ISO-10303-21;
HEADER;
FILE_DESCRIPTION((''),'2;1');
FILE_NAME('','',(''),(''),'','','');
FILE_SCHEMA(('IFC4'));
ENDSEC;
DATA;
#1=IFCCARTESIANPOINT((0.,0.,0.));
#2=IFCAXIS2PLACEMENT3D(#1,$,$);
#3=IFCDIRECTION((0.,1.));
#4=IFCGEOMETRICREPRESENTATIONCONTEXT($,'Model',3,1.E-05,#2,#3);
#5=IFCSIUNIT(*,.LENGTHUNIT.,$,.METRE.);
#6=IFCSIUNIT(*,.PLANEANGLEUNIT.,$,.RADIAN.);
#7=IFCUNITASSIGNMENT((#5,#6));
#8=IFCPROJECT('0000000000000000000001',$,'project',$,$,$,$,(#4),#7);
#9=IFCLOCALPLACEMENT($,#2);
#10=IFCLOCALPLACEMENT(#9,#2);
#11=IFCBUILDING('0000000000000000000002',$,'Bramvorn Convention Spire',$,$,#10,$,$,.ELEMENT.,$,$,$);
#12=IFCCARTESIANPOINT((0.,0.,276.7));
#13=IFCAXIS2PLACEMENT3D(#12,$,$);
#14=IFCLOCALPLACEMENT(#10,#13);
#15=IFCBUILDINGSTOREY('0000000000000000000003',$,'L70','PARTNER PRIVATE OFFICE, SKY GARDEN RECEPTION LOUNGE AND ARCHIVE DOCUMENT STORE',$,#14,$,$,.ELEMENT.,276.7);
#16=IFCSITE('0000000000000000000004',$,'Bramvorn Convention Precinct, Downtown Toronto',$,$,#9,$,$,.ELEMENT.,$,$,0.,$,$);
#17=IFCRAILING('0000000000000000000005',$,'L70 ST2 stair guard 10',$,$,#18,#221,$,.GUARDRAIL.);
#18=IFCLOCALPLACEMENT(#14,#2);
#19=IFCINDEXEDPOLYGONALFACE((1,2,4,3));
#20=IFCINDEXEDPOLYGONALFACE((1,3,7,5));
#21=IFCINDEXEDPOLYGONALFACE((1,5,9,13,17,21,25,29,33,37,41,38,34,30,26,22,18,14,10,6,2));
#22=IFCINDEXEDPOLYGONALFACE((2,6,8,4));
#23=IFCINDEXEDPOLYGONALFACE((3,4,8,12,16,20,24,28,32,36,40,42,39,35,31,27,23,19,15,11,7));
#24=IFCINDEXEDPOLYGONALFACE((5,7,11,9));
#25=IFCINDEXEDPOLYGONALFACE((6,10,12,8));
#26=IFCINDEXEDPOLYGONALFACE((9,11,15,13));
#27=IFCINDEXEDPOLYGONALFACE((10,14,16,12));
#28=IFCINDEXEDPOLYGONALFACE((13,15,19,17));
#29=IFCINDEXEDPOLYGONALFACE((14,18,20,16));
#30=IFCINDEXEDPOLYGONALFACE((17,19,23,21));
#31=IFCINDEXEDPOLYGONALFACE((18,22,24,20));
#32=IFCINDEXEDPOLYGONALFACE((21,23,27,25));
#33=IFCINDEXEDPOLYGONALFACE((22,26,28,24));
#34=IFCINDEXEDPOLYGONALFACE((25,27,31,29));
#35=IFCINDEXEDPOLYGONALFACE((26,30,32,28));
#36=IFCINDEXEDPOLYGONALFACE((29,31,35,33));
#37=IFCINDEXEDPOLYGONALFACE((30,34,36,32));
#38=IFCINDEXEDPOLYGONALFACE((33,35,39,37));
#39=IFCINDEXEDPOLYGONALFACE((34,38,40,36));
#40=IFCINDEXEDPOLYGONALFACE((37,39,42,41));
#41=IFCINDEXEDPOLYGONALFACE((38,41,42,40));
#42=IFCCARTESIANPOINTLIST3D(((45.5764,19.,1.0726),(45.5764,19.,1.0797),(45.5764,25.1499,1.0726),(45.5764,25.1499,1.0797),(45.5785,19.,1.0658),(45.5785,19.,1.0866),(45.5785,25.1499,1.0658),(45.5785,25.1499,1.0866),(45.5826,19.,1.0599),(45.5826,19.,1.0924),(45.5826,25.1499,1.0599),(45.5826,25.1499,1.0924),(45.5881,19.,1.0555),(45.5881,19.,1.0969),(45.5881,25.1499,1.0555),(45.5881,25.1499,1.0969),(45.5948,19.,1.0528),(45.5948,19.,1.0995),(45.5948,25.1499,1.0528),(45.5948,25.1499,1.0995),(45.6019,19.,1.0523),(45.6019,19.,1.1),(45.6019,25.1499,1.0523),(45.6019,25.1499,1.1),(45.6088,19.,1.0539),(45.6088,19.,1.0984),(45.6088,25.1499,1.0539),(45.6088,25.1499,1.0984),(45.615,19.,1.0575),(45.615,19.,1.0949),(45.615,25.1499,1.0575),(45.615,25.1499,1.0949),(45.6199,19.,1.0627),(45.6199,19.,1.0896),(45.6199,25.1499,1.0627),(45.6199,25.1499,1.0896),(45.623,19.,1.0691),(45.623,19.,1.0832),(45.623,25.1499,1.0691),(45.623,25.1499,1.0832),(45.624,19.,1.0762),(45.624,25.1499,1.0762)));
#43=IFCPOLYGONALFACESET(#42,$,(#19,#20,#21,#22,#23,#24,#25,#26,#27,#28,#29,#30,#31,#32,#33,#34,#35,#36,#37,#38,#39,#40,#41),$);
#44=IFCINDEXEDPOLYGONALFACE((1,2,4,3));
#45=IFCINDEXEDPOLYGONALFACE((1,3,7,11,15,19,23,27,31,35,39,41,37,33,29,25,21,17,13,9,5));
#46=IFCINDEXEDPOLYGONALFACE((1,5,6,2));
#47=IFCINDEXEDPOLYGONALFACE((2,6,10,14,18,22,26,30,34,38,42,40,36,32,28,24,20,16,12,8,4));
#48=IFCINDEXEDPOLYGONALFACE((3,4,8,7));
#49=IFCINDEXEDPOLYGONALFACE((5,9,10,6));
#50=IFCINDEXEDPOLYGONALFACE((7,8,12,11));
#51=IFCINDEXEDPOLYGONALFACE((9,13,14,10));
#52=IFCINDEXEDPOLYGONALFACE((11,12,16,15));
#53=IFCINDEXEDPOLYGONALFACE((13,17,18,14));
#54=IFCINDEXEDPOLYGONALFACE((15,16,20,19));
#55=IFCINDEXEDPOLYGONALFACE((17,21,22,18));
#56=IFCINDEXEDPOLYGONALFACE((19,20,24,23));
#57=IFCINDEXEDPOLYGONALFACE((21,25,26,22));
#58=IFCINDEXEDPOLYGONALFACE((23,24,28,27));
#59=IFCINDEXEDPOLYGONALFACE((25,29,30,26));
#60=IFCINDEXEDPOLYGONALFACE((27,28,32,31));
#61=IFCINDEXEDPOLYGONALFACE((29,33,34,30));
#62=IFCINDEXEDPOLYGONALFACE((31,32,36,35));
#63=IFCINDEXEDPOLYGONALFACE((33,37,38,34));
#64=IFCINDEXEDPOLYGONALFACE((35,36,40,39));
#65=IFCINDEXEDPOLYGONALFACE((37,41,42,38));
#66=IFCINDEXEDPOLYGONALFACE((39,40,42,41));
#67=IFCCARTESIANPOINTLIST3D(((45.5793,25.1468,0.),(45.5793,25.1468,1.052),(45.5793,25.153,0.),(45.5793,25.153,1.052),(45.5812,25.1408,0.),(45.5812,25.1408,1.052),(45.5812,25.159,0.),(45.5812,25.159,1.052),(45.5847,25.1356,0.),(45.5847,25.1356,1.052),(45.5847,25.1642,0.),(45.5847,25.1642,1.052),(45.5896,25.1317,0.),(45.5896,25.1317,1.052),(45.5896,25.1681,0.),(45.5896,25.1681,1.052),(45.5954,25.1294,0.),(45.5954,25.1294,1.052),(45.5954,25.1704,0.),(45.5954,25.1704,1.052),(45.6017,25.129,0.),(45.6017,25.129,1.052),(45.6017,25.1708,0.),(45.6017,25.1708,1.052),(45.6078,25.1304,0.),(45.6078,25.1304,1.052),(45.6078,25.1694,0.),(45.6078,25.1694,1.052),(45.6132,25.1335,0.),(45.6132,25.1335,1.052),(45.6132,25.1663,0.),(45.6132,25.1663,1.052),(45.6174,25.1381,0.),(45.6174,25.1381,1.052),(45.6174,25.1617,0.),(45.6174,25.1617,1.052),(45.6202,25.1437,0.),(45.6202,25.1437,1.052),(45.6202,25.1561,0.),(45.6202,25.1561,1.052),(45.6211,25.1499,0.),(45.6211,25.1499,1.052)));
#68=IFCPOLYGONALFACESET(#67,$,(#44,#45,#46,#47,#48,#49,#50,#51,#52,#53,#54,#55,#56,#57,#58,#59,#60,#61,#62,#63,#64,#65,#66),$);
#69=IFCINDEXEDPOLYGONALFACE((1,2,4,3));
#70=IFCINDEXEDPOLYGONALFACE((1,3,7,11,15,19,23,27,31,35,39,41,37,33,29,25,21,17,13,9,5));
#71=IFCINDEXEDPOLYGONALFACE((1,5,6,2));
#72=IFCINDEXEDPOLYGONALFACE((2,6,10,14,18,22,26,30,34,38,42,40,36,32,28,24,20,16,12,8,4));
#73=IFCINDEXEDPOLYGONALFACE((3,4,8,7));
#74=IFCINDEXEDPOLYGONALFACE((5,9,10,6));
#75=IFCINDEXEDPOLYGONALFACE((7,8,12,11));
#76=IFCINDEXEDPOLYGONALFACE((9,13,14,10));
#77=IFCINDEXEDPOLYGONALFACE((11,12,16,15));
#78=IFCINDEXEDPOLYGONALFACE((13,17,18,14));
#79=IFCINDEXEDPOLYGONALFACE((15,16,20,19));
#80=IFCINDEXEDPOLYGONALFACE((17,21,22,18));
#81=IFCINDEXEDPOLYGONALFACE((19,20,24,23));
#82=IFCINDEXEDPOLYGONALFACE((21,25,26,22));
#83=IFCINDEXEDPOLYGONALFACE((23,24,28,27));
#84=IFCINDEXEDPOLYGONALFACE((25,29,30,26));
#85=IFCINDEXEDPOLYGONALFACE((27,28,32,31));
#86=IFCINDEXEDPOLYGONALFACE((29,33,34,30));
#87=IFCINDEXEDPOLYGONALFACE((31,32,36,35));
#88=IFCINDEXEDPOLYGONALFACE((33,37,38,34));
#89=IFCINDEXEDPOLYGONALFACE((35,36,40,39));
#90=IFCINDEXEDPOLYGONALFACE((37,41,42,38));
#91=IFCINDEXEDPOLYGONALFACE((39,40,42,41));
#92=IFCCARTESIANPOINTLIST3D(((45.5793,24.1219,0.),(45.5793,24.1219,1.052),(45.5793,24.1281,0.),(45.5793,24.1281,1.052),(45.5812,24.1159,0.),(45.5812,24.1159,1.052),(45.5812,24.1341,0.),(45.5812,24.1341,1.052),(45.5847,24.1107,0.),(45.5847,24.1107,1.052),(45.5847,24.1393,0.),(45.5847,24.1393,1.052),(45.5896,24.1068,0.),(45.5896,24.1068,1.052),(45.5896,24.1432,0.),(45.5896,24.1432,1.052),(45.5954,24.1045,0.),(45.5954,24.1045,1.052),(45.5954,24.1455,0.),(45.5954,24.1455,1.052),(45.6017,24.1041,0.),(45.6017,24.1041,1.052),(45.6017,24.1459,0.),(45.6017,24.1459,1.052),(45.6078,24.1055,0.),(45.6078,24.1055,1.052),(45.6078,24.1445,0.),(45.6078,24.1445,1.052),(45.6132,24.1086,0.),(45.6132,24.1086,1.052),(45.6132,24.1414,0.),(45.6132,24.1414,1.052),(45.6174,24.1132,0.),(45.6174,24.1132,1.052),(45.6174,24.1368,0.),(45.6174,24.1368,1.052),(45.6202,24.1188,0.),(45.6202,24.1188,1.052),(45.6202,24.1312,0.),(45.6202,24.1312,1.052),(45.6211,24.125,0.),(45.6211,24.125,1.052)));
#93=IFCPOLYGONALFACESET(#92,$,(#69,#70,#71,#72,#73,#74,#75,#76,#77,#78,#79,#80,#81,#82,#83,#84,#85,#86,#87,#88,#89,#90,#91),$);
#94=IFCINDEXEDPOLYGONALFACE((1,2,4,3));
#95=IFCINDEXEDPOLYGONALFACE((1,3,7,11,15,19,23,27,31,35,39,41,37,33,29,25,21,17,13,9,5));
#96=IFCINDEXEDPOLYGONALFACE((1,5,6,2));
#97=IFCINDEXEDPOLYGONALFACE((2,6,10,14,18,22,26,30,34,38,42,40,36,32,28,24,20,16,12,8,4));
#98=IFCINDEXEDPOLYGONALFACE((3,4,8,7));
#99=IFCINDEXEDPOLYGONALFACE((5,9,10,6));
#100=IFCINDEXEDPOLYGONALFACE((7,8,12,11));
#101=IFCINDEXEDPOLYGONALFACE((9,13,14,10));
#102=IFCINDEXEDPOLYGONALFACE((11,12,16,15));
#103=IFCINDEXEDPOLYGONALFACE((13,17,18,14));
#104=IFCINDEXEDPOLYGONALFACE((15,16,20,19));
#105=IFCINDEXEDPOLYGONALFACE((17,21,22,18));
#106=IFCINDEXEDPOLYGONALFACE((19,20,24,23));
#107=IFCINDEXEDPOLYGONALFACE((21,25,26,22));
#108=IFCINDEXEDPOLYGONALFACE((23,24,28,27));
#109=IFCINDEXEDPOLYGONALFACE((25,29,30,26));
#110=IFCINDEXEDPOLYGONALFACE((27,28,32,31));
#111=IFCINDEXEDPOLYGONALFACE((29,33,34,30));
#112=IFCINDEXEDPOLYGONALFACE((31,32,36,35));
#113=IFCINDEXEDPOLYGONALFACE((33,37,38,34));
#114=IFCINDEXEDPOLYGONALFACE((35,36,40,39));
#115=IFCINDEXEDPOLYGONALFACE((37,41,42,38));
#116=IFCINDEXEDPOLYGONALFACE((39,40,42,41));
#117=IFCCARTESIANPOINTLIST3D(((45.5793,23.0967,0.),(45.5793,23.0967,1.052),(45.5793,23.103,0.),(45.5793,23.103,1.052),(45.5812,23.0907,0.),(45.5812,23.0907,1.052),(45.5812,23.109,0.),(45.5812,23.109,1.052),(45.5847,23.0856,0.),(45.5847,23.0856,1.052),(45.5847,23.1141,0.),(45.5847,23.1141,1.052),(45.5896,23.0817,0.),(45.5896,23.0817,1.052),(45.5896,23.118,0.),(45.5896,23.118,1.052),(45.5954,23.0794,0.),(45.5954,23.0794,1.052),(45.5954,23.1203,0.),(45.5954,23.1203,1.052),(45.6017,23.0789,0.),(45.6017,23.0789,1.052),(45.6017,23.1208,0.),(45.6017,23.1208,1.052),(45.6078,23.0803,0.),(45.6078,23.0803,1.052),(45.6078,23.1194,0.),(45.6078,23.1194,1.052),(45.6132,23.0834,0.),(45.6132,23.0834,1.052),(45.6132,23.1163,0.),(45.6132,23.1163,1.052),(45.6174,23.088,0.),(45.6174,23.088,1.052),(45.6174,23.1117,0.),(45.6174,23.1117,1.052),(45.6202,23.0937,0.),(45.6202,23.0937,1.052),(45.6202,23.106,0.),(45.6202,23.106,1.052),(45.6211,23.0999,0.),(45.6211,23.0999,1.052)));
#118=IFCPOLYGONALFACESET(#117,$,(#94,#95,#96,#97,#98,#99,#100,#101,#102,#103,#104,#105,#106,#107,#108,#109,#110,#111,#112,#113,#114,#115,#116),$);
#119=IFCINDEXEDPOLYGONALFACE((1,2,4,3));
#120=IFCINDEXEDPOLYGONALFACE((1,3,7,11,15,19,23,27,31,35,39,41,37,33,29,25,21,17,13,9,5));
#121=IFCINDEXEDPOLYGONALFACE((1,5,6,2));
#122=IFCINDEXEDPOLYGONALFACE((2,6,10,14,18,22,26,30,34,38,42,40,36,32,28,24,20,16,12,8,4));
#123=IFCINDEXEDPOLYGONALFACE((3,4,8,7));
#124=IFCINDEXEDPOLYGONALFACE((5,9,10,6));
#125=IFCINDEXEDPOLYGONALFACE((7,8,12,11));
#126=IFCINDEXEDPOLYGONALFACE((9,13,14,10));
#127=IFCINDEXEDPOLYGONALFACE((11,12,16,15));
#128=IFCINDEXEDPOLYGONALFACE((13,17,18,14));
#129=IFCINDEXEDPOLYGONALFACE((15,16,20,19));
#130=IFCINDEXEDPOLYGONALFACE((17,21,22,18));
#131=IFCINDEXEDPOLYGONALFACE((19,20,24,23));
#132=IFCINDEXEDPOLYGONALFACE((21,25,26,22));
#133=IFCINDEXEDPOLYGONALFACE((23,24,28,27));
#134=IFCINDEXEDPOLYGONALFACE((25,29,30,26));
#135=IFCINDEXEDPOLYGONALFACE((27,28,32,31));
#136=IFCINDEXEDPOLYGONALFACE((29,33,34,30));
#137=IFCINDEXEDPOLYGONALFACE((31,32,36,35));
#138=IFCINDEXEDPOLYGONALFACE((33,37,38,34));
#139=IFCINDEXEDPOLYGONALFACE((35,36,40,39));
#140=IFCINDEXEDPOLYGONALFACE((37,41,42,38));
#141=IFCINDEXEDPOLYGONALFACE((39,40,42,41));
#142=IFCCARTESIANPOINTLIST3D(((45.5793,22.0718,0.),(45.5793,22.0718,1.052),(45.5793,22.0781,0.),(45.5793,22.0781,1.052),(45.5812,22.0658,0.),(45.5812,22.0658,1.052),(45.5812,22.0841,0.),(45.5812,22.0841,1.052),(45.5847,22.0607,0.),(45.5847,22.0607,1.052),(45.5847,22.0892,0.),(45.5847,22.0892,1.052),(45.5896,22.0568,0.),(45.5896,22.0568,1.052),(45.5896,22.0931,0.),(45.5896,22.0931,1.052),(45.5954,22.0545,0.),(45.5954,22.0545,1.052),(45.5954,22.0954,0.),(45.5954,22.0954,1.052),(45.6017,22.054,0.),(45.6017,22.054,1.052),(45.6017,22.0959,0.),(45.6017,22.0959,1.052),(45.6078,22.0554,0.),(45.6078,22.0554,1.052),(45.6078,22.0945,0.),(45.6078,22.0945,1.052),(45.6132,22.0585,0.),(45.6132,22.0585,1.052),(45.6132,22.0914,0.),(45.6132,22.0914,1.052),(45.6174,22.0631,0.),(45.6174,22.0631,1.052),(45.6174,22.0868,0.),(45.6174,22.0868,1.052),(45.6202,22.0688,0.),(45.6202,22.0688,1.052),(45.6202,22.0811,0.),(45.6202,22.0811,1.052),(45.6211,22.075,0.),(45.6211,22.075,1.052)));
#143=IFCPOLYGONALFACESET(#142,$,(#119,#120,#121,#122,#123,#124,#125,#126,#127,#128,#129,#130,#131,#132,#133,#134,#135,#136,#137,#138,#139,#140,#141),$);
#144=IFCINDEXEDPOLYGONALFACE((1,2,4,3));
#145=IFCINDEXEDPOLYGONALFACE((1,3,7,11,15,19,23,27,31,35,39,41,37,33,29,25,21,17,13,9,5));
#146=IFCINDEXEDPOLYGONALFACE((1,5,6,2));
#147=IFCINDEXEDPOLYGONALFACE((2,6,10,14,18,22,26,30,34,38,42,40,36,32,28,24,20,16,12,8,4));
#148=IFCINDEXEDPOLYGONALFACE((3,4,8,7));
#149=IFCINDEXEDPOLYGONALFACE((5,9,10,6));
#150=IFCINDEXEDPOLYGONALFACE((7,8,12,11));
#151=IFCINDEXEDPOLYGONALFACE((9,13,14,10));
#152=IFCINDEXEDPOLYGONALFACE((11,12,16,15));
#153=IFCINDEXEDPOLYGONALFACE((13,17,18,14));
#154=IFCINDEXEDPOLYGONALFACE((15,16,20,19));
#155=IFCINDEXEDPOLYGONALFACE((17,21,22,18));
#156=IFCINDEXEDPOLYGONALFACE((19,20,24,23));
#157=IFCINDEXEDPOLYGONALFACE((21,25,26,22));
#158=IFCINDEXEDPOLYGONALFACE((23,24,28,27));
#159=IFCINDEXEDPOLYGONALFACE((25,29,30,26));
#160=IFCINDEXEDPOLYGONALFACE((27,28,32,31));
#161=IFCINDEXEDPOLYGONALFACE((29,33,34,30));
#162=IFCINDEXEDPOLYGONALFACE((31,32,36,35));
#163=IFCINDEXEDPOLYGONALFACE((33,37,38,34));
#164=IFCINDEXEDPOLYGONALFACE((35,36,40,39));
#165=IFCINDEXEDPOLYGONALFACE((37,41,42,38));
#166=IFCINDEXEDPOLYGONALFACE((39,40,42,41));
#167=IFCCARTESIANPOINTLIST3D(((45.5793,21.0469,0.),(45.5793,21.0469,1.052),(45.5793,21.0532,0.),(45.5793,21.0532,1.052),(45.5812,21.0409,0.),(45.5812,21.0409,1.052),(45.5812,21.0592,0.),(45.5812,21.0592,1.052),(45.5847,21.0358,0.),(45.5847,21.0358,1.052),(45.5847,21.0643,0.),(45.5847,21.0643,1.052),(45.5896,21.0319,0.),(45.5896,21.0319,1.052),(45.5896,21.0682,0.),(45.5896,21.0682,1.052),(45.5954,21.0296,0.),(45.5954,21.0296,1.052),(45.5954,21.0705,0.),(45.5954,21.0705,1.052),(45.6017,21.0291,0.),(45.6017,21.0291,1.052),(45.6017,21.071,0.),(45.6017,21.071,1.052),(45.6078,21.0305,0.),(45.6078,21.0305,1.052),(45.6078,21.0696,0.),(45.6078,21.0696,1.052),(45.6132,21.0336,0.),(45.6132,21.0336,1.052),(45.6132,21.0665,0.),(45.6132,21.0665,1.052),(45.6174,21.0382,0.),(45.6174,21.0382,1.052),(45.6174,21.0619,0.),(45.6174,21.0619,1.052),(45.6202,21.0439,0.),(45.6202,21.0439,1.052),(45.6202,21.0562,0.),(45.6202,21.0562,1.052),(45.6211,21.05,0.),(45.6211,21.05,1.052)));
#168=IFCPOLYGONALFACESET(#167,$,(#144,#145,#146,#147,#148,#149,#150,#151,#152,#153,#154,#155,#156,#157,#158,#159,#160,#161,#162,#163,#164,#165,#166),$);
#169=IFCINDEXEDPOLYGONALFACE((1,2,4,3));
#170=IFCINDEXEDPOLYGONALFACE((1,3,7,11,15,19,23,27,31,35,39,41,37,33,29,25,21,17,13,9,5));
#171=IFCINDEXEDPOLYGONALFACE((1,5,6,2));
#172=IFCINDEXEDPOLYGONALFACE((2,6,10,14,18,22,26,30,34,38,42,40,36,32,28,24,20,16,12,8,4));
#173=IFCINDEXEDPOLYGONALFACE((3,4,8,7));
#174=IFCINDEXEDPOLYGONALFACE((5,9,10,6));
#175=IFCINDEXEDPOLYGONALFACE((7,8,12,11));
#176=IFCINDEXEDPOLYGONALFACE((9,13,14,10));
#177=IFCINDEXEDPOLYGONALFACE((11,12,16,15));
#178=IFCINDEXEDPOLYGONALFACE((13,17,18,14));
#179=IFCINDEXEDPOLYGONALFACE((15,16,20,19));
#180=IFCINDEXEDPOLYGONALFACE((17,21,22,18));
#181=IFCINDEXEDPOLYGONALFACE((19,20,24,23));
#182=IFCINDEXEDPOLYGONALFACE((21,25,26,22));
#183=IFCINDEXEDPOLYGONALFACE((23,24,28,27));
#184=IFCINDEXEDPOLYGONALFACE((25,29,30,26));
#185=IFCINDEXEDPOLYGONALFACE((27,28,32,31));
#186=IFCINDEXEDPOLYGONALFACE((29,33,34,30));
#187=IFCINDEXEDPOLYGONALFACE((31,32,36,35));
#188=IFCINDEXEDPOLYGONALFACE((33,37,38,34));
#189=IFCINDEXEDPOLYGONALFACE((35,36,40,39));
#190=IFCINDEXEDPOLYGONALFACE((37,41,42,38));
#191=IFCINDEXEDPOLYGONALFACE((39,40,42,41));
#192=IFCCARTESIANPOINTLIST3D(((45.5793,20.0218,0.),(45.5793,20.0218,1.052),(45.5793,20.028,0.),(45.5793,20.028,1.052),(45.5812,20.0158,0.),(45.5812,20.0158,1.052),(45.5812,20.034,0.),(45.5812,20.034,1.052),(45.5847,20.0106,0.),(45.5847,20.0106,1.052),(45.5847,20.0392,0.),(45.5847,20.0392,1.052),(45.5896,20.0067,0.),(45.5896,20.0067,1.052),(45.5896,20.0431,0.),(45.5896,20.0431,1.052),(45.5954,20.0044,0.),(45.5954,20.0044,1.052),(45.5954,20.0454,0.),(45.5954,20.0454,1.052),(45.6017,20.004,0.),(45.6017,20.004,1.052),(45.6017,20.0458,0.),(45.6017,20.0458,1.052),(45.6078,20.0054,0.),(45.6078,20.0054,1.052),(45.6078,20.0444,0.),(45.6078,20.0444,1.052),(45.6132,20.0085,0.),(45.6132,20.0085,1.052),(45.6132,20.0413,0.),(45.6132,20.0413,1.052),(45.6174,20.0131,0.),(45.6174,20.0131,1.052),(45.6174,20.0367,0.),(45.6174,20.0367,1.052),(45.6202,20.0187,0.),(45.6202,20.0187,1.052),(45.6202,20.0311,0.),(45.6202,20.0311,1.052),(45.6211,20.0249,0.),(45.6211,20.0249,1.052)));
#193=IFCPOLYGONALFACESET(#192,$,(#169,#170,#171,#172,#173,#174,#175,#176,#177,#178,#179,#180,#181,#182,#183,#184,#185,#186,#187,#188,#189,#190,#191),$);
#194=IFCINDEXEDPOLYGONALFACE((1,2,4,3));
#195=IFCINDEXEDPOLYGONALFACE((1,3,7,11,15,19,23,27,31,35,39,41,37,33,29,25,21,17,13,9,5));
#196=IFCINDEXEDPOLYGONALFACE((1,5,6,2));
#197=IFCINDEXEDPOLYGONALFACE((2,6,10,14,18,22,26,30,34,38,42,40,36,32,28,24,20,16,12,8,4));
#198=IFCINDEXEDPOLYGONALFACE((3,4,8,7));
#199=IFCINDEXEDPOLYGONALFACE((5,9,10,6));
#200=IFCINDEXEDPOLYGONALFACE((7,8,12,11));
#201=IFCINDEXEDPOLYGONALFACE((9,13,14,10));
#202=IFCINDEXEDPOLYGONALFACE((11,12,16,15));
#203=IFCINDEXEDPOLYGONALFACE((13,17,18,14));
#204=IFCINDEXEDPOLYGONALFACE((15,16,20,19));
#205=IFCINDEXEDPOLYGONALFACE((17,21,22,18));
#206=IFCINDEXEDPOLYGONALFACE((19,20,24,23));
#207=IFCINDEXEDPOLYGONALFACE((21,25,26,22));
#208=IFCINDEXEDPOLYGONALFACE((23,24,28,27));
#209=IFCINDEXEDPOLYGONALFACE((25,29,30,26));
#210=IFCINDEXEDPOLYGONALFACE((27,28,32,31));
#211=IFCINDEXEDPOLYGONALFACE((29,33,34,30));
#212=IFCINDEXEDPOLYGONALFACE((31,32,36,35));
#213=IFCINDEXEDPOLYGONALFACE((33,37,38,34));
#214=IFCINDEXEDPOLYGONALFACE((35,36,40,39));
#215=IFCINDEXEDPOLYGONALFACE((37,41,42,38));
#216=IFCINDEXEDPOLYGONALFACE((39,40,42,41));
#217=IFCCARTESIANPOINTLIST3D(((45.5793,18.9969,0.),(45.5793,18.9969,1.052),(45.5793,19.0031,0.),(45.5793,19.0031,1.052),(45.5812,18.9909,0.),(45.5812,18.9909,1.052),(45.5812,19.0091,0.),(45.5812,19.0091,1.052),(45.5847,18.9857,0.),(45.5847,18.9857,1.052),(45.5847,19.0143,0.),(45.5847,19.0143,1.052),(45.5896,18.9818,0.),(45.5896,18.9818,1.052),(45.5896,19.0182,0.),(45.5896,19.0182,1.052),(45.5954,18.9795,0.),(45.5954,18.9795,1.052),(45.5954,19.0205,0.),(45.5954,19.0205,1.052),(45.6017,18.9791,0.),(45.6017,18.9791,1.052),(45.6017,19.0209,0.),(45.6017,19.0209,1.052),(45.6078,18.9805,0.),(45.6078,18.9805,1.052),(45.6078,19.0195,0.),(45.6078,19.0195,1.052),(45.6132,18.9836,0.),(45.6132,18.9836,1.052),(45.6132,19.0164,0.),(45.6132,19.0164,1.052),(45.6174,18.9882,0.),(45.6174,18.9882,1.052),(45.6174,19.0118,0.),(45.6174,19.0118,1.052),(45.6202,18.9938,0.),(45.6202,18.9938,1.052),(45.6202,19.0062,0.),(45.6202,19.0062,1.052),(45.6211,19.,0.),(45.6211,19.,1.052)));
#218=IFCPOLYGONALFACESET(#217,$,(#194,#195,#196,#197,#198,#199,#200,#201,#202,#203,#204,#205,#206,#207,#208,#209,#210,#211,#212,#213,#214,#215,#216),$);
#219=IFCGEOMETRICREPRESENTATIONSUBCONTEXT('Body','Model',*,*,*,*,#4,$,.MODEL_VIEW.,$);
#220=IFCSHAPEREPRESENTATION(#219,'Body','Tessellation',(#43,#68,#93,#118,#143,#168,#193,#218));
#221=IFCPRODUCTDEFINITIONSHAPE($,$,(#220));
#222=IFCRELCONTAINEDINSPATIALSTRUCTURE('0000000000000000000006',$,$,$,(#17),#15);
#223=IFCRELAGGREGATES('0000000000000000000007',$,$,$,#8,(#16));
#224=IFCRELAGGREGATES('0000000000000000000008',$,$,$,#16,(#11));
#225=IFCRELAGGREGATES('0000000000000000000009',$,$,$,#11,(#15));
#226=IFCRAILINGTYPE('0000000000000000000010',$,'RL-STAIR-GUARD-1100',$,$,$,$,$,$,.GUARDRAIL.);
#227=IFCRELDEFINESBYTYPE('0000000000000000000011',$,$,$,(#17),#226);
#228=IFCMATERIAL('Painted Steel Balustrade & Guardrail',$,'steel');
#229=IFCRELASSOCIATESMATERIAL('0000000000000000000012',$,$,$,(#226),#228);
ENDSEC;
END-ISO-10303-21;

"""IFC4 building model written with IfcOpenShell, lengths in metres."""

from ifc_helpers import new_model, si_unit, direction, frame, origin, origin_2d, place, context, subcontext, project, spatial, circle, extrude, material, type_object, element, save


model = new_model("IFC4")

# Units and contexts
model_context = context("Model", 3, precision=1e-05, world=origin(), true_north=direction((0.0, 1.0)))
body_context = subcontext(model_context, "Body", "Model", "MODEL_VIEW")
ifc_project = project(units=[si_unit("LENGTHUNIT", "METRE"), si_unit("PLANEANGLEUNIT", "RADIAN")], contexts=[model_context])

# Site, building, storey
site_placement = place(None, origin())
site = spatial("IfcSite", under=ifc_project, at=site_placement, Name="Bramvorn Convention Precinct, Downtown Toronto", CompositionType="ELEMENT", RefElevation=0.0)
building_placement = place(site_placement, origin())
building = spatial("IfcBuilding", under=site, at=building_placement, Name="Bramvorn Convention Spire", CompositionType="ELEMENT")
storey_placement = place(building_placement, frame((0.0, 0.0, 276.7)))
storey = spatial("IfcBuildingStorey", under=building, at=storey_placement, Name="L70", Description="PARTNER PRIVATE OFFICE, SKY GARDEN RECEPTION LOUNGE AND ARCHIVE DOCUMENT STORE", CompositionType="ELEMENT", Elevation=276.7)

# Railing
ifc_material_1 = material(Name="Painted Steel Balustrade & Guardrail", Category="steel")
railing_type_1 = type_object("IfcRailingType", Name="RL-STAIR-GUARD-1100", PredefinedType="GUARDRAIL", material=ifc_material_1)
railing_1_placement = place(storey_placement, frame((45.6001, 25.1499, 0.0)))
element("IfcRailing", 1, at=railing_1_placement, inside=storey, type_object=railing_type_1, Name="L70 ST2 stair guard 10", PredefinedType="GUARDRAIL", context=body_context, shape_type="SweptSolid", body=[
    extrude(circle(Radius=0.0239, at=origin_2d()), frame((0.0, 0.0, 1.0762), z_axis=(0.0, -1.0, 0.0), x_axis=(1.0, 0.0, 0.0)), (0.0, 0.0, 1.0), 6.1499),
    extrude(circle(Radius=0.021, at=origin_2d()), origin(), (0.0, 0.0, 1.0), 1.052),
    extrude(circle(Radius=0.021, at=origin_2d()), frame((0.0, -1.0249, 0.0)), (0.0, 0.0, 1.0), 1.052),
    extrude(circle(Radius=0.021, at=origin_2d()), frame((0.0, -2.05, 0.0)), (0.0, 0.0, 1.0), 1.052),
    extrude(circle(Radius=0.021, at=origin_2d()), frame((0.0, -3.075, 0.0)), (0.0, 0.0, 1.0), 1.052),
    extrude(circle(Radius=0.021, at=origin_2d()), frame((0.0, -4.0999, 0.0)), (0.0, 0.0, 1.0), 1.052),
    extrude(circle(Radius=0.021, at=origin_2d()), frame((0.0, -5.125, 0.0)), (0.0, 0.0, 1.0), 1.052),
    extrude(circle(Radius=0.021, at=origin_2d()), frame((0.0, -6.1499, 0.0)), (0.0, 0.0, 1.0), 1.052),
])

save(model, "model.ifc")
